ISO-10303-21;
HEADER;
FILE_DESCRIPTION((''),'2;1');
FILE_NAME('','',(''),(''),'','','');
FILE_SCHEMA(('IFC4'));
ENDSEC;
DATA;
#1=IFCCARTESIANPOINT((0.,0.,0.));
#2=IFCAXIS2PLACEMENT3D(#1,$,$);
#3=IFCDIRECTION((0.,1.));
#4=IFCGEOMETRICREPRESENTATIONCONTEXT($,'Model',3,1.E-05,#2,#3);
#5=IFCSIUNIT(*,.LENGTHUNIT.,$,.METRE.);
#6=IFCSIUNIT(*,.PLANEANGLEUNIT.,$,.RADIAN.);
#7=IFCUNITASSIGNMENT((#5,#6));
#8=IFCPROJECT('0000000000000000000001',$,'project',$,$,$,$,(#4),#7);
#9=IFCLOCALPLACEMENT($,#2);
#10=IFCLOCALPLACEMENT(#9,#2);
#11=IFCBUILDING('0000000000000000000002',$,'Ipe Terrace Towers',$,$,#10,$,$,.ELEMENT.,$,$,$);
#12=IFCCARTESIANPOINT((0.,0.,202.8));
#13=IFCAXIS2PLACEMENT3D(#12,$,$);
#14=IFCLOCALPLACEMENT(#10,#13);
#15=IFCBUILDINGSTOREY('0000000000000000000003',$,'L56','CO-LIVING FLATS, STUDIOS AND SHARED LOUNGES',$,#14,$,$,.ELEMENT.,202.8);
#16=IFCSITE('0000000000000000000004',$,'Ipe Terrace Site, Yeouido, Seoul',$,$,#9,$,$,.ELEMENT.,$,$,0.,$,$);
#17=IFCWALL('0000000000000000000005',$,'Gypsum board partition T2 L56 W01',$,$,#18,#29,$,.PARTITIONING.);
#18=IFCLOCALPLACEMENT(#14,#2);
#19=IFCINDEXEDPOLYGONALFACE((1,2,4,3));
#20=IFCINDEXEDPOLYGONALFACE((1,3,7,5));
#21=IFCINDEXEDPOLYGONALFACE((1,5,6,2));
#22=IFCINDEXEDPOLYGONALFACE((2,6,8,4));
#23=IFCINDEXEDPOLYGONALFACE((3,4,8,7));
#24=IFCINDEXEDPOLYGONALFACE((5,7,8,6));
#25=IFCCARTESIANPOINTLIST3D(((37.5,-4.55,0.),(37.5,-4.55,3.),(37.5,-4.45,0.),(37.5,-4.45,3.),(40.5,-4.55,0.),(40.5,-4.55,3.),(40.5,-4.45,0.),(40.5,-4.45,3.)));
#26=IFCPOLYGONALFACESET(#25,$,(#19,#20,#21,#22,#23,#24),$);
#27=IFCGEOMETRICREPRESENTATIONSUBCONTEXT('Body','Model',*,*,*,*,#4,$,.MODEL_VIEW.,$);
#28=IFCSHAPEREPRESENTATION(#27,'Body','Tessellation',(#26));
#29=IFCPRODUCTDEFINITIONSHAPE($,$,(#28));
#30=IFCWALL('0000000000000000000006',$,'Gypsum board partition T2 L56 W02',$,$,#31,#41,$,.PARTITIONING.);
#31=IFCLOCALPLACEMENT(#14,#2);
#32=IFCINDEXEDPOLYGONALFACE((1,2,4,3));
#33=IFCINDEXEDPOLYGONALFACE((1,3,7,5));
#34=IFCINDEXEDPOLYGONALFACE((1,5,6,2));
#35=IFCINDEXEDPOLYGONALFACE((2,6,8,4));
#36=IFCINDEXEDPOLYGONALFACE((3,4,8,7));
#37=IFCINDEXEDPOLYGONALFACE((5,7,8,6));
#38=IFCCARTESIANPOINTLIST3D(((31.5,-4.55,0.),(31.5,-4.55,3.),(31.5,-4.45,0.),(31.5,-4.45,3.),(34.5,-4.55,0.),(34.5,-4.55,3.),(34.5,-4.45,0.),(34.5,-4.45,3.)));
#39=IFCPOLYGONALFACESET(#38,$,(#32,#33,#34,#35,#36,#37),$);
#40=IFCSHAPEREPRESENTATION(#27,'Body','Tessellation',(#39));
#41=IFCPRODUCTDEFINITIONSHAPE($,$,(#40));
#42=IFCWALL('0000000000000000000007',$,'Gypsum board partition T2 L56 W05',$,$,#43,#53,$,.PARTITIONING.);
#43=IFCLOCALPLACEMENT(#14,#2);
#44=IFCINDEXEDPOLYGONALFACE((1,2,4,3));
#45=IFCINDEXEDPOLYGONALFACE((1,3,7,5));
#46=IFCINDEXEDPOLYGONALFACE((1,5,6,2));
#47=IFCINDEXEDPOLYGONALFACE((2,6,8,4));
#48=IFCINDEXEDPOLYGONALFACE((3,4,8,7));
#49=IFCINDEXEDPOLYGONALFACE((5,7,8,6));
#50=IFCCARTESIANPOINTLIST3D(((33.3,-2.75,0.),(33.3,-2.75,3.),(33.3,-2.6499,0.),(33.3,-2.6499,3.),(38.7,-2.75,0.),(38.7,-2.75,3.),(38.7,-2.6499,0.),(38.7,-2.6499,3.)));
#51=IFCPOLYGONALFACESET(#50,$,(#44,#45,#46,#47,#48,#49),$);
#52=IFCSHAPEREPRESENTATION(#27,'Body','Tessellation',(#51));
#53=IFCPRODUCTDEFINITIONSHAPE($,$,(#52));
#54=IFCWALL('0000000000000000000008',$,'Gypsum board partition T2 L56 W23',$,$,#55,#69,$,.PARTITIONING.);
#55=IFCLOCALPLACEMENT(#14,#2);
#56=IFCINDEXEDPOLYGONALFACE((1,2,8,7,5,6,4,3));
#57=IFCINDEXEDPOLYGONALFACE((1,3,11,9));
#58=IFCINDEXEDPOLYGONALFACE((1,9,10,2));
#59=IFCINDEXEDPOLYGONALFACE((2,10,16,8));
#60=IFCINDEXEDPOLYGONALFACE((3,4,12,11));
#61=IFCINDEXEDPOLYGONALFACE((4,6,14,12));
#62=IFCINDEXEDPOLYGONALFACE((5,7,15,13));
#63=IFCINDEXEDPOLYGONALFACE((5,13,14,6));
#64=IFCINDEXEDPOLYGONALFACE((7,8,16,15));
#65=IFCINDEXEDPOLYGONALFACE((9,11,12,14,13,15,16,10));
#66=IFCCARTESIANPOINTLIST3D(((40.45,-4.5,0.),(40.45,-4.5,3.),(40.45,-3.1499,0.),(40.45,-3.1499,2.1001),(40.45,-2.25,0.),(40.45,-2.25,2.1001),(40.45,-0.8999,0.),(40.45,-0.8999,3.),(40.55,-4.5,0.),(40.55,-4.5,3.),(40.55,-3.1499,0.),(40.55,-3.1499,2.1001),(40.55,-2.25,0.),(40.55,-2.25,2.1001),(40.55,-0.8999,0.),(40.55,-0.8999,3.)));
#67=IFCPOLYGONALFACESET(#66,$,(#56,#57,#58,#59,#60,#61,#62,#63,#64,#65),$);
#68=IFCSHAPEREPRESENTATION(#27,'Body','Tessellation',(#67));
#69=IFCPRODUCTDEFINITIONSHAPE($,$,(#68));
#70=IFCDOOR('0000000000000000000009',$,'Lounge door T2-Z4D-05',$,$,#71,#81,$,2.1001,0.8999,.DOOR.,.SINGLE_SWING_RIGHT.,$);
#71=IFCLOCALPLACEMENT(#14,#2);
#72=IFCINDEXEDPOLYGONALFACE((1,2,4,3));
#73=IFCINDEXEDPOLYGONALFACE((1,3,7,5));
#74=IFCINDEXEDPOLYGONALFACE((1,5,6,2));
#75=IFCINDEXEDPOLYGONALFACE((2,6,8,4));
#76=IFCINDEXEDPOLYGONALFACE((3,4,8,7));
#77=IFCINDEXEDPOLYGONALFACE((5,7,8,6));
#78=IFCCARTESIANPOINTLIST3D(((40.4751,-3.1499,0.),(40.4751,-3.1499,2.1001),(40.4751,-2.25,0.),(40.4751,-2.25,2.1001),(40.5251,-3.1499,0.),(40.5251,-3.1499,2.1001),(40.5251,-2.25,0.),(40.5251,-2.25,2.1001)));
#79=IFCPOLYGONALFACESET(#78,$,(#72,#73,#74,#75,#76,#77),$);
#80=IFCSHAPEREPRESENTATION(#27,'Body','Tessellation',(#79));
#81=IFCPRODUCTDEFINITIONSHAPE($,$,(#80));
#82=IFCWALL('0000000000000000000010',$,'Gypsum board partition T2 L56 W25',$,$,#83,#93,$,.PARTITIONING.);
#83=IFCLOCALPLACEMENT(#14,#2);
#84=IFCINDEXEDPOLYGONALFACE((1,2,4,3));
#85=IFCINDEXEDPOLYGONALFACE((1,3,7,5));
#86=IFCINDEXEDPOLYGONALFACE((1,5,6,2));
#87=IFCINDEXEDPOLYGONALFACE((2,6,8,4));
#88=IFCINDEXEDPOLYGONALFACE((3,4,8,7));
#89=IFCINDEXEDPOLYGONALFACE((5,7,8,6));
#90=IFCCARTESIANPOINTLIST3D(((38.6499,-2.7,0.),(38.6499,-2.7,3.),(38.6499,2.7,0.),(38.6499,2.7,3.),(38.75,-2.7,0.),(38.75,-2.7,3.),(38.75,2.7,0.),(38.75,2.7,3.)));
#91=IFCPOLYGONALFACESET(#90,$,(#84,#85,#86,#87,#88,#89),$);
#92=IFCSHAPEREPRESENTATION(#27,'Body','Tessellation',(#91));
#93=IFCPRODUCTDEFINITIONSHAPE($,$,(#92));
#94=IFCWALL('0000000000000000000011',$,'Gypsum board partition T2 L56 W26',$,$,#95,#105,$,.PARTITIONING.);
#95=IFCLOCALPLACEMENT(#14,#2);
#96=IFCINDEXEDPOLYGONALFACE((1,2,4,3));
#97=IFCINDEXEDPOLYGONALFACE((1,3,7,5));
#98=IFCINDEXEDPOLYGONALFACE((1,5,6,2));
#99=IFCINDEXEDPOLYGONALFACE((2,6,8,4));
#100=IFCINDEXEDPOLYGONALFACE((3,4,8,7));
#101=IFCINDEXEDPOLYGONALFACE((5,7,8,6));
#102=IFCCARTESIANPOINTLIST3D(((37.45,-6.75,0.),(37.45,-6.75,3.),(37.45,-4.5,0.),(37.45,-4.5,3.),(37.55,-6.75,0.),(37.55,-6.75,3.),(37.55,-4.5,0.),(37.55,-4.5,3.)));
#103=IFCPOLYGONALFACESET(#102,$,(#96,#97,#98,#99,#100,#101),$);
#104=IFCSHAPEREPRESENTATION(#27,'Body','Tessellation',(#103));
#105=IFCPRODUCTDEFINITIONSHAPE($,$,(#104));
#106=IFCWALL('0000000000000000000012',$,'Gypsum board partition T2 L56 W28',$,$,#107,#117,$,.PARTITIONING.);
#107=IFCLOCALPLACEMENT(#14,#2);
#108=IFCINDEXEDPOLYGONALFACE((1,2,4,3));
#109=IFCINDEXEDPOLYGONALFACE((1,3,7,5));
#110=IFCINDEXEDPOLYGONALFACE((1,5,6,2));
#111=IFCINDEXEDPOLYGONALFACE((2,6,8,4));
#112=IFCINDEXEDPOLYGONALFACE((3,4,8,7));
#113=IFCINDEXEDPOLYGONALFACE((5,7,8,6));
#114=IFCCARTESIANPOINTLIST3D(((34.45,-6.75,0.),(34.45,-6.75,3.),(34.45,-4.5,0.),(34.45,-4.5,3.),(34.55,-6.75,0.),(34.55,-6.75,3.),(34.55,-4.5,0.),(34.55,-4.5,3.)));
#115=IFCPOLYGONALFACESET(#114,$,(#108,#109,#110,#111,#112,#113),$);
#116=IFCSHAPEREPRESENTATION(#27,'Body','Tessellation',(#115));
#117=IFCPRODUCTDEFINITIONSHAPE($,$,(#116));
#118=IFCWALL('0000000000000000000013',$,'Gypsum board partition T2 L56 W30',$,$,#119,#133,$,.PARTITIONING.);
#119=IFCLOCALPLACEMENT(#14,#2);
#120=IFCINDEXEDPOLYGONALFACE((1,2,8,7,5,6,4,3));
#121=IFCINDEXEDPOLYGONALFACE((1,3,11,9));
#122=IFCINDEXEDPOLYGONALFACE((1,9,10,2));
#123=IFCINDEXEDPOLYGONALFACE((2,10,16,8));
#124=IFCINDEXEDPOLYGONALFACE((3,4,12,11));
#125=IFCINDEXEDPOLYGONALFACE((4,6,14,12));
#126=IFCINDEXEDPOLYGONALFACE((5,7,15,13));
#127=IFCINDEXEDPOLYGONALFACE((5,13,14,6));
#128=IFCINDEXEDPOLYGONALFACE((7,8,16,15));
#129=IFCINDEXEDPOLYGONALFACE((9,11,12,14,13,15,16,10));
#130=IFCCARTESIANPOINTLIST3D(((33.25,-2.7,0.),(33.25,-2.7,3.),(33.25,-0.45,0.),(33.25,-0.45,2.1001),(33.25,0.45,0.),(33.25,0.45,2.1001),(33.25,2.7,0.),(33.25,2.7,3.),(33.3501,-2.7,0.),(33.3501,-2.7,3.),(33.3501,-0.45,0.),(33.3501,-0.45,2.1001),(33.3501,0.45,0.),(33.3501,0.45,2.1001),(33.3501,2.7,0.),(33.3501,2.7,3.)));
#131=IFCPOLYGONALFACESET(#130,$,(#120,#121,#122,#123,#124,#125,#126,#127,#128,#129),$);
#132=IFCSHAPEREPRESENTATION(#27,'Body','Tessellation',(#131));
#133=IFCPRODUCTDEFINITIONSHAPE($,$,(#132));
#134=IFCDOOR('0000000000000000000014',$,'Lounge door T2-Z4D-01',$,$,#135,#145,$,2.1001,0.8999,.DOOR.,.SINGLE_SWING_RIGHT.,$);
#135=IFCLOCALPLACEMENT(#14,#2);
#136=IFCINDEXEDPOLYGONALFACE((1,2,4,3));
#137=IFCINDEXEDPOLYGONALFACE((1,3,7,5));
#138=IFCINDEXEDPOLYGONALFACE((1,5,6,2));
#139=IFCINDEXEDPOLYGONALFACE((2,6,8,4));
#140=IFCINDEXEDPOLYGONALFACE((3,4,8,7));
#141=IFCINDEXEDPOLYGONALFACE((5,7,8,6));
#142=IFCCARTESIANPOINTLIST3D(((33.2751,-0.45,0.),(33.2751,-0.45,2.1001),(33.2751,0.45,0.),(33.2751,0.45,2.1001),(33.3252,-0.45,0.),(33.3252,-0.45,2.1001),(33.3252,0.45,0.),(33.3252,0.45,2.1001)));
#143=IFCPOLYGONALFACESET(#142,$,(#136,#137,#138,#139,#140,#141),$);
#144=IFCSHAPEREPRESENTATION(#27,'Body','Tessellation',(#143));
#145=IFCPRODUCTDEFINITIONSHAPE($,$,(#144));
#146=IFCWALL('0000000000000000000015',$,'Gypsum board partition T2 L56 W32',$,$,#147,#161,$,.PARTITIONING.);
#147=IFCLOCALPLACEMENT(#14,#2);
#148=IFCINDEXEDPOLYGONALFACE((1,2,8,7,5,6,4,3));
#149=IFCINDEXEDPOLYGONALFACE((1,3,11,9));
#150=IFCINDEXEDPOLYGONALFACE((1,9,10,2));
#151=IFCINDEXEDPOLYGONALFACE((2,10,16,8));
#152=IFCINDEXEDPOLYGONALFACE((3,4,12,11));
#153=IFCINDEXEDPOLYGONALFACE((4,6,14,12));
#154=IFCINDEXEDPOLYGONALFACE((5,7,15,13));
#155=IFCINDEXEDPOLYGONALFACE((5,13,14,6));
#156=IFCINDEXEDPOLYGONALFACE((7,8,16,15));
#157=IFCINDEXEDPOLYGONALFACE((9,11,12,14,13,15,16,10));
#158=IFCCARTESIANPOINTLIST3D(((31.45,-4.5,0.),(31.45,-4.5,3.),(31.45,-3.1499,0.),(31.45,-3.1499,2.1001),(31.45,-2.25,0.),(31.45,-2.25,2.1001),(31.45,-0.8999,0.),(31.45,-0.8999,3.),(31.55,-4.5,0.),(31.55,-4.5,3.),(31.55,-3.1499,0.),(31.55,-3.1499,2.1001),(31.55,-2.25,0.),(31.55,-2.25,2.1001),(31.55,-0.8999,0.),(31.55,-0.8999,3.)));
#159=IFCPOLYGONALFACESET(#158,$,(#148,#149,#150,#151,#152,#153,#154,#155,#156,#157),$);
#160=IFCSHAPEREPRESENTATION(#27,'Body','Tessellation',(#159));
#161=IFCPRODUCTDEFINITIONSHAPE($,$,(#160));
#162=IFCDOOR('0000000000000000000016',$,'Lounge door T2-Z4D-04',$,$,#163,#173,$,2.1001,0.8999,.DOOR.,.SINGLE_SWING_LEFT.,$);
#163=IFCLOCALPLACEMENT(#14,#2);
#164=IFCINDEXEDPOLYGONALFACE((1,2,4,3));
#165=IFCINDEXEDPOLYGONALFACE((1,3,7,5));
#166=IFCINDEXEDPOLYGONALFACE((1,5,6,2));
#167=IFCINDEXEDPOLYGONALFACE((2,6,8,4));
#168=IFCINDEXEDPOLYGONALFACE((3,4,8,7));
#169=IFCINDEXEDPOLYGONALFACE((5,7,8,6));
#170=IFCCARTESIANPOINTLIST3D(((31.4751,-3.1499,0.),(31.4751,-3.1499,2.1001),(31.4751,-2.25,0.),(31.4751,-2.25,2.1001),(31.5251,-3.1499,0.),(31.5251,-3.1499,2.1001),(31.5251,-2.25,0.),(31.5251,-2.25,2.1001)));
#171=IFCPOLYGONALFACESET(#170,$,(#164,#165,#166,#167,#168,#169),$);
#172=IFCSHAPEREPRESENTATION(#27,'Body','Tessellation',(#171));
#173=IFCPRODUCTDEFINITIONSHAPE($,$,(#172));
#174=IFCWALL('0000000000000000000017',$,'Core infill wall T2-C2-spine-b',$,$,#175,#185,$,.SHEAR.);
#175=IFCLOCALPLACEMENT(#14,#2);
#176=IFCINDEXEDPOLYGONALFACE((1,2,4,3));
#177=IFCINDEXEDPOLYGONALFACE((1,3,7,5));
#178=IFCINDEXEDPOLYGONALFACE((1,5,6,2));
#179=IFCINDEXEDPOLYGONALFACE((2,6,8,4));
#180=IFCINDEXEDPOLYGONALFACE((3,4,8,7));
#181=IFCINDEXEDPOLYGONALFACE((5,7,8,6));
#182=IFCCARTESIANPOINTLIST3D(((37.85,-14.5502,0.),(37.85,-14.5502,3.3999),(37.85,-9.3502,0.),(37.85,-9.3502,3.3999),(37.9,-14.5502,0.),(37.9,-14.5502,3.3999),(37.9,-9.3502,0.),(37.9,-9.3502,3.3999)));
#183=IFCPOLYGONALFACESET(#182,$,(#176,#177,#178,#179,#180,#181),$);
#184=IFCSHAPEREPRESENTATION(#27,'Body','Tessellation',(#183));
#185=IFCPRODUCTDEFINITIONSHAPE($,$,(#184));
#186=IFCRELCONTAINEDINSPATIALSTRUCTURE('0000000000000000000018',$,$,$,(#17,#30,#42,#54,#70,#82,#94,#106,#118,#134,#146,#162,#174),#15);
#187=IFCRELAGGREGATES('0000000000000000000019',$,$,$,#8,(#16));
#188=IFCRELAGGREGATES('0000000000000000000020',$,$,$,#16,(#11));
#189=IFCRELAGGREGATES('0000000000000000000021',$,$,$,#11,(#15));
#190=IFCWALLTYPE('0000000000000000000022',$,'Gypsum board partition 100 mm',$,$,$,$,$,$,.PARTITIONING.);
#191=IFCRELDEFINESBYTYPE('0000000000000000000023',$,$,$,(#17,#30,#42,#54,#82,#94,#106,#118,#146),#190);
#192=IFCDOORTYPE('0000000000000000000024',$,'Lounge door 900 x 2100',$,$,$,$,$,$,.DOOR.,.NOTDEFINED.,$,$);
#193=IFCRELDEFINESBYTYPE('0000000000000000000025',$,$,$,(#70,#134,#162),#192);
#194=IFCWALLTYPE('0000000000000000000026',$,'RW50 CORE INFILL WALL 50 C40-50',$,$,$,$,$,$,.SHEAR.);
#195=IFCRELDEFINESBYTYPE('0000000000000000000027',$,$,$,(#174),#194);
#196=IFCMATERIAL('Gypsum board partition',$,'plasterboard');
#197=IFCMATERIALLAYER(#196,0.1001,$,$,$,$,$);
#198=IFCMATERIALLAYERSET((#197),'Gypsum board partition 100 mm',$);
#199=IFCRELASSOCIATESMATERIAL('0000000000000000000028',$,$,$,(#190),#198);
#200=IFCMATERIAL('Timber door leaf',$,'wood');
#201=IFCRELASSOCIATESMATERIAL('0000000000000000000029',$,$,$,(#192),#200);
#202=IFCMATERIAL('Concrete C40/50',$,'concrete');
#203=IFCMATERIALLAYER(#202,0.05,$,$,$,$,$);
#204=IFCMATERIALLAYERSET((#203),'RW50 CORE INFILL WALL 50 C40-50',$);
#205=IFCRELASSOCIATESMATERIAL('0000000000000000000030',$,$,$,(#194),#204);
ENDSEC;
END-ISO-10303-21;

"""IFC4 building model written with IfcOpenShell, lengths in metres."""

from ifc_helpers import new_model, si_unit, direction, frame, frame_2d, origin, place, context, subcontext, project, spatial, rectangle, extrude, material, layer, layer_set, type_object, element, fill, save


model = new_model("IFC4")

# Units and contexts
model_context = context("Model", 3, precision=1e-05, world=origin(), true_north=direction((0.0, 1.0)))
body_context = subcontext(model_context, "Body", "Model", "MODEL_VIEW")
ifc_project = project(units=[si_unit("LENGTHUNIT", "METRE"), si_unit("PLANEANGLEUNIT", "RADIAN")], contexts=[model_context])

# Site, building, storey
site_placement = place(None, origin())
site = spatial("IfcSite", under=ifc_project, at=site_placement, Name="Ipe Terrace Site, Yeouido, Seoul", CompositionType="ELEMENT", RefElevation=0.0)
building_placement = place(site_placement, origin())
building = spatial("IfcBuilding", under=site, at=building_placement, Name="Ipe Terrace Towers", CompositionType="ELEMENT")
storey_placement = place(building_placement, frame((0.0, 0.0, 202.8)))
storey = spatial("IfcBuildingStorey", under=building, at=storey_placement, Name="L56", Description="CO-LIVING FLATS, STUDIOS AND SHARED LOUNGES", CompositionType="ELEMENT", Elevation=202.8)

# Walls
ifc_material_1 = material(Name="Gypsum board partition", Category="plasterboard")
ifc_layer_1 = layer(ifc_material_1, 0.1001)
ifc_layer_set_1 = layer_set([ifc_layer_1], Name="Gypsum board partition 100 mm")
wall_type_1 = type_object("IfcWallType", Name="Gypsum board partition 100 mm", PredefinedType="PARTITIONING", material=ifc_layer_set_1)
for number, where, z_axis, x_axis, name in (
    (1, (40.5, -4.5, 0.0), (0.0, 0.0, 1.0), (-1.0, 0.0, 0.0), "Gypsum board partition T2 L56 W01"),
    (2, (34.5, -4.5, 0.0), (0.0, 0.0, 1.0), (-1.0, 0.0, 0.0), "Gypsum board partition T2 L56 W02"),
):
    element("IfcWall", number, at=place(storey_placement, frame(where, z_axis=z_axis, x_axis=x_axis)), inside=storey, type_object=wall_type_1, Name=name, PredefinedType="PARTITIONING", context=body_context, shape_type="SweptSolid", body=[
        extrude(rectangle(XDim=3.0, YDim=0.1001, at=frame_2d((1.5, 0.0))), origin(), (0.0, 0.0, 1.0), 3.0),
    ])
wall_1_placement = place(storey_placement, frame((38.7, -2.7, 0.0), z_axis=(0.0, 0.0, 1.0), x_axis=(-1.0, 0.0, 0.0)))
element("IfcWall", 3, at=wall_1_placement, inside=storey, type_object=wall_type_1, Name="Gypsum board partition T2 L56 W05", PredefinedType="PARTITIONING", context=body_context, shape_type="SweptSolid", body=[
    extrude(rectangle(XDim=5.3999, YDim=0.1001, at=frame_2d((2.7, 0.0))), origin(), (0.0, 0.0, 1.0), 3.0),
])

# Wall, opening, door
wall_2_placement = place(storey_placement, frame((40.5, -4.5, 0.0), z_axis=(0.0, 0.0, 1.0), x_axis=(0.0, 1.0, 0.0)))
wall_2 = element("IfcWall", 4, at=wall_2_placement, inside=storey, type_object=wall_type_1, Name="Gypsum board partition T2 L56 W23", PredefinedType="PARTITIONING", context=body_context, shape_type="SweptSolid", body=[
    extrude(rectangle(XDim=3.6001, YDim=0.1001, at=frame_2d((1.8, 0.0))), origin(), (0.0, 0.0, 1.0), 3.0),
])
opening_1_placement = place(wall_2_placement, frame((1.3501, 0.0, 0.0)))
opening_1 = element("IfcOpeningElement", 5, at=opening_1_placement, cuts=wall_2, PredefinedType="OPENING", context=body_context, shape_type="SweptSolid", body=[
    extrude(rectangle(XDim=0.8999, YDim=2.1001, at=frame_2d((0.45, 1.05))), frame((0.0, 0.0601, 0.0), z_axis=(0.0, -1.0, 0.0), x_axis=(1.0, 0.0, 0.0)), (0.0, 0.0, 1.0), 0.1201),
])
ifc_material_2 = material(Name="Timber door leaf", Category="wood")
door_type = type_object("IfcDoorType", Name="Lounge door 900 x 2100", OperationType="NOTDEFINED", PredefinedType="DOOR", material=ifc_material_2)
door_1_placement = place(opening_1_placement, origin())
door_1 = element("IfcDoor", 6, at=door_1_placement, inside=storey, type_object=door_type, Name="Lounge door T2-Z4D-05", OperationType="SINGLE_SWING_RIGHT", OverallHeight=2.1001, OverallWidth=0.8999, PredefinedType="DOOR", context=body_context, shape_type="SweptSolid", body=[
    extrude(rectangle(XDim=0.8999, YDim=2.1001, at=frame_2d((0.45, 1.05))), frame((0.0, 0.0249, 0.0), z_axis=(0.0, -1.0, 0.0), x_axis=(1.0, 0.0, 0.0)), (0.0, 0.0, 1.0), 0.05),
])
fill(opening_1, door_1)

# Walls
wall_3_placement = place(storey_placement, frame((38.7, -2.7, 0.0), z_axis=(0.0, 0.0, 1.0), x_axis=(0.0, 1.0, 0.0)))
element("IfcWall", 7, at=wall_3_placement, inside=storey, type_object=wall_type_1, Name="Gypsum board partition T2 L56 W25", PredefinedType="PARTITIONING", context=body_context, shape_type="SweptSolid", body=[
    extrude(rectangle(XDim=5.3999, YDim=0.1001, at=frame_2d((2.7, 0.0))), origin(), (0.0, 0.0, 1.0), 3.0),
])
for number, where, z_axis, x_axis, name in (
    (8, (37.5, -6.75, 0.0), (0.0, 0.0, 1.0), (0.0, 1.0, 0.0), "Gypsum board partition T2 L56 W26"),
    (9, (34.5, -6.75, 0.0), (0.0, 0.0, 1.0), (0.0, 1.0, 0.0), "Gypsum board partition T2 L56 W28"),
):
    element("IfcWall", number, at=place(storey_placement, frame(where, z_axis=z_axis, x_axis=x_axis)), inside=storey, type_object=wall_type_1, Name=name, PredefinedType="PARTITIONING", context=body_context, shape_type="SweptSolid", body=[
        extrude(rectangle(XDim=2.25, YDim=0.1001, at=frame_2d((1.125, 0.0))), origin(), (0.0, 0.0, 1.0), 3.0),
    ])

# Walls, openings, doors
wall_4_placement = place(storey_placement, frame((33.3, -2.7, 0.0), z_axis=(0.0, 0.0, 1.0), x_axis=(0.0, 1.0, 0.0)))
wall_4 = element("IfcWall", 10, at=wall_4_placement, inside=storey, type_object=wall_type_1, Name="Gypsum board partition T2 L56 W30", PredefinedType="PARTITIONING", context=body_context, shape_type="SweptSolid", body=[
    extrude(rectangle(XDim=5.3999, YDim=0.1001, at=frame_2d((2.7, 0.0))), origin(), (0.0, 0.0, 1.0), 3.0),
])
opening_2_placement = place(wall_4_placement, frame((2.25, 0.0, 0.0)))
opening_2 = element("IfcOpeningElement", 11, at=opening_2_placement, cuts=wall_4, PredefinedType="OPENING", context=body_context, shape_type="SweptSolid", body=[
    extrude(rectangle(XDim=0.8999, YDim=2.1001, at=frame_2d((0.45, 1.05))), frame((0.0, 0.0601, 0.0), z_axis=(0.0, -1.0, 0.0), x_axis=(1.0, 0.0, 0.0)), (0.0, 0.0, 1.0), 0.1201),
])
door_2_placement = place(opening_2_placement, origin())
door_2 = element("IfcDoor", 12, at=door_2_placement, inside=storey, type_object=door_type, Name="Lounge door T2-Z4D-01", OperationType="SINGLE_SWING_RIGHT", OverallHeight=2.1001, OverallWidth=0.8999, PredefinedType="DOOR", context=body_context, shape_type="SweptSolid", body=[
    extrude(rectangle(XDim=0.8999, YDim=2.1001, at=frame_2d((0.45, 1.05))), frame((0.0, 0.0249, 0.0), z_axis=(0.0, -1.0, 0.0), x_axis=(1.0, 0.0, 0.0)), (0.0, 0.0, 1.0), 0.05),
])
fill(opening_2, door_2)
wall_5_placement = place(storey_placement, frame((31.5, -4.5, 0.0), z_axis=(0.0, 0.0, 1.0), x_axis=(0.0, 1.0, 0.0)))
wall_5 = element("IfcWall", 13, at=wall_5_placement, inside=storey, type_object=wall_type_1, Name="Gypsum board partition T2 L56 W32", PredefinedType="PARTITIONING", context=body_context, shape_type="SweptSolid", body=[
    extrude(rectangle(XDim=3.6001, YDim=0.1001, at=frame_2d((1.8, 0.0))), origin(), (0.0, 0.0, 1.0), 3.0),
])
opening_3_placement = place(wall_5_placement, frame((1.3501, 0.0, 0.0)))
opening_3 = element("IfcOpeningElement", 14, at=opening_3_placement, cuts=wall_5, PredefinedType="OPENING", context=body_context, shape_type="SweptSolid", body=[
    extrude(rectangle(XDim=0.8999, YDim=2.1001, at=frame_2d((0.45, 1.05))), frame((0.0, 0.0601, 0.0), z_axis=(0.0, -1.0, 0.0), x_axis=(1.0, 0.0, 0.0)), (0.0, 0.0, 1.0), 0.1201),
])
door_3_placement = place(opening_3_placement, origin())
door_3 = element("IfcDoor", 15, at=door_3_placement, inside=storey, type_object=door_type, Name="Lounge door T2-Z4D-04", OperationType="SINGLE_SWING_LEFT", OverallHeight=2.1001, OverallWidth=0.8999, PredefinedType="DOOR", context=body_context, shape_type="SweptSolid", body=[
    extrude(rectangle(XDim=0.8999, YDim=2.1001, at=frame_2d((0.45, 1.05))), frame((0.0, 0.0249, 0.0), z_axis=(0.0, -1.0, 0.0), x_axis=(1.0, 0.0, 0.0)), (0.0, 0.0, 1.0), 0.05),
])
fill(opening_3, door_3)

# Wall
ifc_material_3 = material(Name="Concrete C40/50", Category="concrete")
ifc_layer_2 = layer(ifc_material_3, 0.05)
ifc_layer_set_2 = layer_set([ifc_layer_2], Name="RW50 CORE INFILL WALL 50 C40-50")
wall_type_2 = type_object("IfcWallType", Name="RW50 CORE INFILL WALL 50 C40-50", PredefinedType="SHEAR", material=ifc_layer_set_2)
wall_6_placement = place(storey_placement, frame((37.875, -9.3501, 0.0), z_axis=(0.0, 0.0, 1.0), x_axis=(0.0, -1.0, 0.0)))
element("IfcWall", 16, at=wall_6_placement, inside=storey, type_object=wall_type_2, Name="Core infill wall T2-C2-spine-b", PredefinedType="SHEAR", context=body_context, shape_type="SweptSolid", body=[
    extrude(rectangle(XDim=5.2, YDim=0.05, at=frame_2d((2.6001, 0.0))), origin(), (0.0, 0.0, 1.0), 3.3999),
])

save(model, "model.ifc")
